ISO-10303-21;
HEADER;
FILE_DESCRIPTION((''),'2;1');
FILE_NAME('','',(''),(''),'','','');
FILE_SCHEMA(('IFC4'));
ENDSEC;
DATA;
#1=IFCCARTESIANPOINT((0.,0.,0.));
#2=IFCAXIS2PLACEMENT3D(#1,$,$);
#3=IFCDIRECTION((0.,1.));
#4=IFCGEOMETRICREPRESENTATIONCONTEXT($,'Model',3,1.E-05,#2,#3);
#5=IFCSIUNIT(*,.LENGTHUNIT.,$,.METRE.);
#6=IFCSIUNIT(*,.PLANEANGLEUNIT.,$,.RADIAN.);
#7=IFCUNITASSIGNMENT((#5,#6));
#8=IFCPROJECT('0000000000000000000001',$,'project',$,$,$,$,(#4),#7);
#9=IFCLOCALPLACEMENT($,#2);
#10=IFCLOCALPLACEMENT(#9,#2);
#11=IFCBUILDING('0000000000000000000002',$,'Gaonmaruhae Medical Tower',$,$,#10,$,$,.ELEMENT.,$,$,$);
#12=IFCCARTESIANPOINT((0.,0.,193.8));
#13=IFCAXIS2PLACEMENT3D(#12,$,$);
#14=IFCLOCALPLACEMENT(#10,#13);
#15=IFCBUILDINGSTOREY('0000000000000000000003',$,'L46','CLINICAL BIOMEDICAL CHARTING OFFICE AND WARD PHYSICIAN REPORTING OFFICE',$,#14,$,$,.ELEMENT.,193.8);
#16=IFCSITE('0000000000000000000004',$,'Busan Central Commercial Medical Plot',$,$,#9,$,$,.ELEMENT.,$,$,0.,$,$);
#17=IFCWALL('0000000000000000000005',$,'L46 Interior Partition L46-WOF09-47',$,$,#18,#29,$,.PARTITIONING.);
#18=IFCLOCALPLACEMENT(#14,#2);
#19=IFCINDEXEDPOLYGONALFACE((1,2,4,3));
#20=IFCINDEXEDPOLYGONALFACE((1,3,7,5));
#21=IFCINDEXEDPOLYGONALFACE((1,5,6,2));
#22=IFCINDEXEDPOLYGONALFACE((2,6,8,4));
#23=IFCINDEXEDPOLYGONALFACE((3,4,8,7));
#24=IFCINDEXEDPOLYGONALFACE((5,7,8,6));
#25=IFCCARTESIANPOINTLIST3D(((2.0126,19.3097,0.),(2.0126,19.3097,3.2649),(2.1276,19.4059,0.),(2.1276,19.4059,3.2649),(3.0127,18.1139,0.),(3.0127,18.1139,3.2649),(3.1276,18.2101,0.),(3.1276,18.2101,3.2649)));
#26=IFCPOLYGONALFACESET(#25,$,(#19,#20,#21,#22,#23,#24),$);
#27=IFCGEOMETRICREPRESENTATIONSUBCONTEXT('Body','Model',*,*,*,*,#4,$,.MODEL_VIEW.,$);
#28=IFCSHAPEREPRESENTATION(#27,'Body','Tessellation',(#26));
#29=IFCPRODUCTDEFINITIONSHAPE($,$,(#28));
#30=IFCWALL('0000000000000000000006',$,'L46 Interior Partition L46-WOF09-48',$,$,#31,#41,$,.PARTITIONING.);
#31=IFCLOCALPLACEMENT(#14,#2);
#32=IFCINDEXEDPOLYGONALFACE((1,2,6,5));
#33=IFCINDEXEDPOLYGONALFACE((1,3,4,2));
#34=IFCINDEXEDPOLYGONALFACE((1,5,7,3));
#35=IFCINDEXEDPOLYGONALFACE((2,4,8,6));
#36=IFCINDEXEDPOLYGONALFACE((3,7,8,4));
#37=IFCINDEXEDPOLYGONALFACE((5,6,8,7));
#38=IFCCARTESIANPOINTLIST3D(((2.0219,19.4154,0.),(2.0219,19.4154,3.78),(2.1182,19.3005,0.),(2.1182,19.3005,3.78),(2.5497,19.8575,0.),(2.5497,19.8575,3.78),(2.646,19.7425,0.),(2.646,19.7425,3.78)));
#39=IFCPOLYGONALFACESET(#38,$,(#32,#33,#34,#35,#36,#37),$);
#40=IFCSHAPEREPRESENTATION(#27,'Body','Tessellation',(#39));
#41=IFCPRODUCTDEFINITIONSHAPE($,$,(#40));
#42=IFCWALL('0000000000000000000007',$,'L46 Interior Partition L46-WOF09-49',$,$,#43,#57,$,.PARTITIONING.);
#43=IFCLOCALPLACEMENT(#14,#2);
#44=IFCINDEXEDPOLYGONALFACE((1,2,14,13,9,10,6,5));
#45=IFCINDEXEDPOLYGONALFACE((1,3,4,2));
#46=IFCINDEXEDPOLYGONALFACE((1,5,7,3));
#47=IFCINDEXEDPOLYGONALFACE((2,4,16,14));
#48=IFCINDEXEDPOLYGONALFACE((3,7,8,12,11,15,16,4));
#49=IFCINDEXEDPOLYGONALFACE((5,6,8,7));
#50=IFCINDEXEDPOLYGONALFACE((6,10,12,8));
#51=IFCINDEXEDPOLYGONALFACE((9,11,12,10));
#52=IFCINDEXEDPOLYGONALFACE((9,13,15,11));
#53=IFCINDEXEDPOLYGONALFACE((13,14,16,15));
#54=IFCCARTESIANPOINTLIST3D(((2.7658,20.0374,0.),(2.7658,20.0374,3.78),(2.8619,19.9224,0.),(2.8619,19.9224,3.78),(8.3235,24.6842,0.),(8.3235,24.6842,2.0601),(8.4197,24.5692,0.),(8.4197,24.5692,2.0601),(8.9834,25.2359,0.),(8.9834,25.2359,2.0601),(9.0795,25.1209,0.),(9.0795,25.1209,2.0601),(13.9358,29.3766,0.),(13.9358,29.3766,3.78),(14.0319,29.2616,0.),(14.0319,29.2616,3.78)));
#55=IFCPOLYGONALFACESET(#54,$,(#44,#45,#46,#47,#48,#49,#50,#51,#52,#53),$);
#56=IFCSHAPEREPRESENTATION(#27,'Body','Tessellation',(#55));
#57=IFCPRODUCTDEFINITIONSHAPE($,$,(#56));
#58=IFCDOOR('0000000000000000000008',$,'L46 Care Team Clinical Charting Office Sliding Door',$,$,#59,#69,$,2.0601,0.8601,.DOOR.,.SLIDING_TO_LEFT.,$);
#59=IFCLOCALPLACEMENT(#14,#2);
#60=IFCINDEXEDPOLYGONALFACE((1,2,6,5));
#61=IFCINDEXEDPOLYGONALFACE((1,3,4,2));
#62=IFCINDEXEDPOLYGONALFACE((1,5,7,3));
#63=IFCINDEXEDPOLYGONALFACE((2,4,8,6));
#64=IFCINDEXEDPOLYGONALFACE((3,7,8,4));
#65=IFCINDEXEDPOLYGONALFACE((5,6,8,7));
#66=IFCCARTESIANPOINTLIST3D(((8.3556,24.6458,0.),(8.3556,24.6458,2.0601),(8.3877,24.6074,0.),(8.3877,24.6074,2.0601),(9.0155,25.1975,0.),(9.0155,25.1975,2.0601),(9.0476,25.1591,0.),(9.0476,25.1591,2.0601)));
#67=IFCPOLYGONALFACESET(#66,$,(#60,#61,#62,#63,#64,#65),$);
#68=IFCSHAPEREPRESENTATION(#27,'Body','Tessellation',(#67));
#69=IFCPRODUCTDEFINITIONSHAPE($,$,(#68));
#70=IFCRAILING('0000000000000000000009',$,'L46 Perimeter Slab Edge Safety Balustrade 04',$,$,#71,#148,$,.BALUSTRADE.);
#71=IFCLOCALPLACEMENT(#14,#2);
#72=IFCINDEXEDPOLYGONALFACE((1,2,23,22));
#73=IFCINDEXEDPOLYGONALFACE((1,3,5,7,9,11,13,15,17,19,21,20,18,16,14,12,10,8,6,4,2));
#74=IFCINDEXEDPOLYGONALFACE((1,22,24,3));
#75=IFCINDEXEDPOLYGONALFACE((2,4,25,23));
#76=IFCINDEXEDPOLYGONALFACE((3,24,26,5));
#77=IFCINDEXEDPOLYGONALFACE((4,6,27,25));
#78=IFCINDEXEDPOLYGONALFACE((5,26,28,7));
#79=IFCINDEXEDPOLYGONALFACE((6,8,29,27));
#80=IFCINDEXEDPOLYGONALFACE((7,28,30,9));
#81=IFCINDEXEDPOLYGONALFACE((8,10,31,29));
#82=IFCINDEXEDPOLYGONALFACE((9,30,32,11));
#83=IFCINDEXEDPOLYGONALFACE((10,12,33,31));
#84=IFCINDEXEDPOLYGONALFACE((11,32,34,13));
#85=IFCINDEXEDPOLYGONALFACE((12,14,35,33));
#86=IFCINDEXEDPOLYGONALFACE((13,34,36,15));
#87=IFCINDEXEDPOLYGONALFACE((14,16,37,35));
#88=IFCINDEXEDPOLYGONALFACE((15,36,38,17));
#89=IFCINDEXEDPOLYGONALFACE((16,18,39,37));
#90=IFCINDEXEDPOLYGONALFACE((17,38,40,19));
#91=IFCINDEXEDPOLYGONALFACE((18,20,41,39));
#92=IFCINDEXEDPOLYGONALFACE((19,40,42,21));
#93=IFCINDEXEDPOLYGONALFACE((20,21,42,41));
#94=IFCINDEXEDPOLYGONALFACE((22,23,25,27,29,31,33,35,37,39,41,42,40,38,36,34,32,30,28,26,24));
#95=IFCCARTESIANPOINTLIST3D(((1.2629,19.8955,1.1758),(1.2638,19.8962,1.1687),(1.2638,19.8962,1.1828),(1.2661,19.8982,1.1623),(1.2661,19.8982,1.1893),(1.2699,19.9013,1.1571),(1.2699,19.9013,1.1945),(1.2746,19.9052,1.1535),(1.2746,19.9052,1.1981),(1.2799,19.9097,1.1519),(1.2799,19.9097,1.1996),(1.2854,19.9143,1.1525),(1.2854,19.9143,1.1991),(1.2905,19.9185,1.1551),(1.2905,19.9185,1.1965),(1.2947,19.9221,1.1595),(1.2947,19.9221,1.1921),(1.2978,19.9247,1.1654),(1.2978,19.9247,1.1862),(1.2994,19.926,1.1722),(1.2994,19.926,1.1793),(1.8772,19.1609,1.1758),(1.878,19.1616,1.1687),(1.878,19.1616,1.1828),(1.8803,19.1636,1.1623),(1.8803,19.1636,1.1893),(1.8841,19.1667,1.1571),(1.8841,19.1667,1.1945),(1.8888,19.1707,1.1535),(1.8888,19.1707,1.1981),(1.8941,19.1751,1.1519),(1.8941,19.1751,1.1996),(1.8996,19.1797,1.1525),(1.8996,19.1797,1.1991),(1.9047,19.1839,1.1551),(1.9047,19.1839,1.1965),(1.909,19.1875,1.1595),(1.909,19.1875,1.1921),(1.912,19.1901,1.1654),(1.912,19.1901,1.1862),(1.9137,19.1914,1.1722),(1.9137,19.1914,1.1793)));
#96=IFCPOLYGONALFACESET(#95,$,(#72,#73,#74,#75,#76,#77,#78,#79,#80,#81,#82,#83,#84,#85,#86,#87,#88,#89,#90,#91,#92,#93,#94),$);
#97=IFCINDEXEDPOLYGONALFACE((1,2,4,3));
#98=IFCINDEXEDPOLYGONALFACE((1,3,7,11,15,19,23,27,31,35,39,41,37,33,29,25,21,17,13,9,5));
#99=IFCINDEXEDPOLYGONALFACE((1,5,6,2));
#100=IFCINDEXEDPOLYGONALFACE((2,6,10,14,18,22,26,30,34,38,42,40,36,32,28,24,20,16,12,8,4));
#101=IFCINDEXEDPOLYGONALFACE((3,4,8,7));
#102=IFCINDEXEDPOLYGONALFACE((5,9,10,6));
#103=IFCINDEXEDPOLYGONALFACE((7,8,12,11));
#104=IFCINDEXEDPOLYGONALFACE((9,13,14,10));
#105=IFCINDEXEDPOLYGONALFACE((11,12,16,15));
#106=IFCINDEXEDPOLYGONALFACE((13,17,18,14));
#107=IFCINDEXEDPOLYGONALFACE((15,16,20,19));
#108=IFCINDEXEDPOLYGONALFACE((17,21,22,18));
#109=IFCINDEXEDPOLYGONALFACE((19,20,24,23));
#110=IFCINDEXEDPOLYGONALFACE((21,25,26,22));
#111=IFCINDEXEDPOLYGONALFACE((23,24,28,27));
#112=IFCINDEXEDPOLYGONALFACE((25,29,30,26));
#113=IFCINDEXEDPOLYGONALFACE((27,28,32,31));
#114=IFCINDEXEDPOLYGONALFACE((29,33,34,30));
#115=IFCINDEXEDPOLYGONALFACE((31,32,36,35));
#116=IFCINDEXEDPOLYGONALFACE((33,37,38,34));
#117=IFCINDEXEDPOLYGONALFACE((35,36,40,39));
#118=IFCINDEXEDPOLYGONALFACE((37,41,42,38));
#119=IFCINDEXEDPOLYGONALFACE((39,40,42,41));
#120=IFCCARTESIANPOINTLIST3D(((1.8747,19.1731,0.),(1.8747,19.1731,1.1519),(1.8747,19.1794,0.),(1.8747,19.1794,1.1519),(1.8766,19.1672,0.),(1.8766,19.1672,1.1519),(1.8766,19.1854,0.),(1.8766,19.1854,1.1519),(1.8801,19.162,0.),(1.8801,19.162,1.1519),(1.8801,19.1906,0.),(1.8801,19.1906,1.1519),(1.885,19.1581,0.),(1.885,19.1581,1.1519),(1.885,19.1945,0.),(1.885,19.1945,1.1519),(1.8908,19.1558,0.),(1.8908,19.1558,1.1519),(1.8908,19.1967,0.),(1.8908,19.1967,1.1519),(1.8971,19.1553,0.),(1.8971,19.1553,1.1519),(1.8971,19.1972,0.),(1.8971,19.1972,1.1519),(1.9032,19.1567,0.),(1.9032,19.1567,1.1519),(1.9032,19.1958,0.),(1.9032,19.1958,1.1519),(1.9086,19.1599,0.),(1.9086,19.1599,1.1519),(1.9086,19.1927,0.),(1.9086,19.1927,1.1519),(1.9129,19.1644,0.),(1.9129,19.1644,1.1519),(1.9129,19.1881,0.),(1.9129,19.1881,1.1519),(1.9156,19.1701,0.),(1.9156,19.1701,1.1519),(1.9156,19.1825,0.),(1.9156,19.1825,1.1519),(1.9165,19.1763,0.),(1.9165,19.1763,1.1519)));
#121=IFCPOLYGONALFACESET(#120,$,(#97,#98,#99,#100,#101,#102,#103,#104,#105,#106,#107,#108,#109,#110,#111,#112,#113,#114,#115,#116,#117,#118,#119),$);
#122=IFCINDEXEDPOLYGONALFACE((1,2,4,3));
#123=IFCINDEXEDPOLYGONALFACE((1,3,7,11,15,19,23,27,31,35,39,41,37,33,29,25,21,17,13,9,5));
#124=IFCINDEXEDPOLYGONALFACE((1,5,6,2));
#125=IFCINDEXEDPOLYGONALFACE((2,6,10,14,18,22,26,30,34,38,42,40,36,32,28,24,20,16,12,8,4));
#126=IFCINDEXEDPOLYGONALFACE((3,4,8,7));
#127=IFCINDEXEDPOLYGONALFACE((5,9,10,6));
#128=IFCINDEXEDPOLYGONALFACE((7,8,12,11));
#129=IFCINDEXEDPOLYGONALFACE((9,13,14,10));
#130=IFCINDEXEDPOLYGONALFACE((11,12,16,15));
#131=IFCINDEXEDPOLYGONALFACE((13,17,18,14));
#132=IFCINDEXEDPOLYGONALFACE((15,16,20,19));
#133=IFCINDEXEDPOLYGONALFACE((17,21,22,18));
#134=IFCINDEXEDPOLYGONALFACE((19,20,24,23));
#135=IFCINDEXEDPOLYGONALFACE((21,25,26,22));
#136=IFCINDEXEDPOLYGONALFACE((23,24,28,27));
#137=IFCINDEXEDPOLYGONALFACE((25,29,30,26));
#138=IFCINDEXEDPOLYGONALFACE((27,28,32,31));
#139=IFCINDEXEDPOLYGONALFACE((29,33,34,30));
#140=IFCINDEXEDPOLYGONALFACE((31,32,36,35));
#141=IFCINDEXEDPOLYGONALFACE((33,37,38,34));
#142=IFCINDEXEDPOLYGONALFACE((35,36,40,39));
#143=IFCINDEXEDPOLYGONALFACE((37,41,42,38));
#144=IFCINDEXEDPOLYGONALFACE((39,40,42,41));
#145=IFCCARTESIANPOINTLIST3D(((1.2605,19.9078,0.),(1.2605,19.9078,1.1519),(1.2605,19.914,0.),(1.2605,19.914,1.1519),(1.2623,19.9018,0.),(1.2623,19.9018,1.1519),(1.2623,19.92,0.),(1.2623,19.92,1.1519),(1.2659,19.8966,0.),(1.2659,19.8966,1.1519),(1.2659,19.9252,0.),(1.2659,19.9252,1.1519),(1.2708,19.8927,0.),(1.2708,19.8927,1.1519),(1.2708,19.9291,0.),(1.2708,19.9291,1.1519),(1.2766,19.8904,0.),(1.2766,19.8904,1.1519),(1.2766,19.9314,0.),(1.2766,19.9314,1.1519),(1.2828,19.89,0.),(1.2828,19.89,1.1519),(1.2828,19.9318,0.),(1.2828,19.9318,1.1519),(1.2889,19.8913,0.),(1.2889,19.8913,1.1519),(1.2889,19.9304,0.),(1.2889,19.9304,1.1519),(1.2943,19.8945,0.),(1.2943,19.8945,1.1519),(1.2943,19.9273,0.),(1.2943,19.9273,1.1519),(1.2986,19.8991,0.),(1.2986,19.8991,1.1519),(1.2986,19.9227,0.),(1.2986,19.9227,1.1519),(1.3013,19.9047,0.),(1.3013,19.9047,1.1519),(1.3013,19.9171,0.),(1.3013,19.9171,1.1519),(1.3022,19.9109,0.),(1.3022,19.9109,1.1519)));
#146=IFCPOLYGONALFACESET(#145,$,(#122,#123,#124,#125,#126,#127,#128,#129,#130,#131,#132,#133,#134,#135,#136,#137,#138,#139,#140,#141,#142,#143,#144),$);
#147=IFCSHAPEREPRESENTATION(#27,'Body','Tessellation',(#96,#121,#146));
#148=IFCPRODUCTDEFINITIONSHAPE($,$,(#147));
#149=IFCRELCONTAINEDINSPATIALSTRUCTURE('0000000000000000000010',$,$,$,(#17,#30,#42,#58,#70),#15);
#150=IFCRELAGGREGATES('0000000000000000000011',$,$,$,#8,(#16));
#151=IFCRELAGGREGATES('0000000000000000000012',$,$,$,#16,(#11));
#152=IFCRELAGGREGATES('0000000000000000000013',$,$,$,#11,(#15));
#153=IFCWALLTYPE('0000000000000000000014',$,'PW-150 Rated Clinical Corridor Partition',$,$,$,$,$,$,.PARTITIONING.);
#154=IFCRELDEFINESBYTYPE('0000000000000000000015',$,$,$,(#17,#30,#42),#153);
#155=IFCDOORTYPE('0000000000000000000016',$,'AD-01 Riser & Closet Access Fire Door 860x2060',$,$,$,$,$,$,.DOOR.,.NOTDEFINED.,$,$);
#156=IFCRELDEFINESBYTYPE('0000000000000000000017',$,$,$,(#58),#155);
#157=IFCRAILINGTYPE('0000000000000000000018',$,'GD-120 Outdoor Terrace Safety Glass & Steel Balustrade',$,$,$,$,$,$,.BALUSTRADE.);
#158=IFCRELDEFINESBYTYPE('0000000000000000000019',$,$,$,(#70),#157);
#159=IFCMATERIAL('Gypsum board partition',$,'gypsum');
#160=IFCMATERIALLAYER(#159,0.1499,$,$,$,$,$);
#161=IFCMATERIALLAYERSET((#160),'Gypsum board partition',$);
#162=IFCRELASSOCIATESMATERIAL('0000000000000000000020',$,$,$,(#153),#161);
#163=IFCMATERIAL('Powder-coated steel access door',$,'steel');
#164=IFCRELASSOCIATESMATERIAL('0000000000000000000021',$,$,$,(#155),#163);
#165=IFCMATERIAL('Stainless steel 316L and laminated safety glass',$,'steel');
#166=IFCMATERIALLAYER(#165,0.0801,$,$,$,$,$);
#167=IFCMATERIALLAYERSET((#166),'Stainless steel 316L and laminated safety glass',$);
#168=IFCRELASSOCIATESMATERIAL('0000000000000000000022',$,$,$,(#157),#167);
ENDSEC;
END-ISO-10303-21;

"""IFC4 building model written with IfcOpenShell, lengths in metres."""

from ifc_helpers import new_model, si_unit, direction, frame, frame_2d, origin, origin_2d, place, context, subcontext, project, spatial, rectangle, circle, extrude, material, layer, layer_set, type_object, element, fill, save


model = new_model("IFC4")

# Units and contexts
model_context = context("Model", 3, precision=1e-05, world=origin(), true_north=direction((0.0, 1.0)))
body_context = subcontext(model_context, "Body", "Model", "MODEL_VIEW")
ifc_project = project(units=[si_unit("LENGTHUNIT", "METRE"), si_unit("PLANEANGLEUNIT", "RADIAN")], contexts=[model_context])

# Site, building, storey
site_placement = place(None, origin())
site = spatial("IfcSite", under=ifc_project, at=site_placement, Name="Busan Central Commercial Medical Plot", CompositionType="ELEMENT", RefElevation=0.0)
building_placement = place(site_placement, origin())
building = spatial("IfcBuilding", under=site, at=building_placement, Name="Gaonmaruhae Medical Tower", CompositionType="ELEMENT")
storey_placement = place(building_placement, frame((0.0, 0.0, 193.8)))
storey = spatial("IfcBuildingStorey", under=building, at=storey_placement, Name="L46", Description="CLINICAL BIOMEDICAL CHARTING OFFICE AND WARD PHYSICIAN REPORTING OFFICE", CompositionType="ELEMENT", Elevation=193.8)

# Walls
ifc_material_1 = material(Name="Gypsum board partition", Category="gypsum")
ifc_layer_1 = layer(ifc_material_1, 0.1499)
ifc_layer_set_1 = layer_set([ifc_layer_1], Name="Gypsum board partition")
wall_type_1 = type_object("IfcWallType", Name="PW-150 Rated Clinical Corridor Partition", PredefinedType="PARTITIONING", material=ifc_layer_set_1)
wall_1_placement = place(storey_placement, frame((3.0701, 18.1621, 0.0), z_axis=(0.0, 0.0, 1.0), x_axis=(-0.641508, 0.767116, 0.0)))
element("IfcWall", 1, at=wall_1_placement, inside=storey, type_object=wall_type_1, Name="L46 Interior Partition L46-WOF09-47", PredefinedType="PARTITIONING", context=body_context, shape_type="SweptSolid", body=[
    extrude(rectangle(XDim=1.5588, YDim=0.1499, at=frame_2d((0.7793, 0.0))), origin(), (0.0, 0.0, 1.0), 3.2649),
])
wall_2_placement = place(storey_placement, frame((2.0701, 19.3579, 0.0), z_axis=(0.0, 0.0, 1.0), x_axis=(0.766591, 0.642135, 0.0)))
element("IfcWall", 2, at=wall_2_placement, inside=storey, type_object=wall_type_1, Name="L46 Interior Partition L46-WOF09-48", PredefinedType="PARTITIONING", context=body_context, shape_type="SweptSolid", body=[
    extrude(rectangle(XDim=0.6885, YDim=0.1499, at=frame_2d((0.3442, 0.0))), origin(), (0.0, 0.0, 1.0), 3.78),
])

# Wall, opening, door
wall_3_placement = place(storey_placement, frame((2.814, 19.98, 0.0), z_axis=(0.0, 0.0, 1.0), x_axis=(0.767178, 0.641434, 0.0)))
wall_3 = element("IfcWall", 3, at=wall_3_placement, inside=storey, type_object=wall_type_1, Name="L46 Interior Partition L46-WOF09-49", PredefinedType="PARTITIONING", context=body_context, shape_type="SweptSolid", body=[
    extrude(rectangle(XDim=14.5598, YDim=0.1499, at=frame_2d((7.2798, 0.0))), origin(), (0.0, 0.0, 1.0), 3.78),
])
opening_placement = place(wall_3_placement, frame((7.2441, 0.0, 0.0)))
opening = element("IfcOpeningElement", 4, at=opening_placement, cuts=wall_3, PredefinedType="OPENING", context=body_context, shape_type="SweptSolid", body=[
    extrude(rectangle(XDim=0.8601, YDim=2.0601, at=frame_2d((0.4302, 1.03))), frame((0.0, 0.085, 0.0), z_axis=(0.0, -1.0, 0.0), x_axis=(1.0, 0.0, 0.0)), (0.0, 0.0, 1.0), 0.1699),
])
ifc_material_2 = material(Name="Powder-coated steel access door", Category="steel")
door_type = type_object("IfcDoorType", Name="AD-01 Riser & Closet Access Fire Door 860x2060", OperationType="NOTDEFINED", PredefinedType="DOOR", material=ifc_material_2)
door_placement = place(opening_placement, origin())
door = element("IfcDoor", 5, at=door_placement, inside=storey, type_object=door_type, Name="L46 Care Team Clinical Charting Office Sliding Door", OperationType="SLIDING_TO_LEFT", OverallHeight=2.0601, OverallWidth=0.8601, PredefinedType="DOOR", context=body_context, shape_type="SweptSolid", body=[
    extrude(rectangle(XDim=0.8601, YDim=2.0601, at=frame_2d((0.4302, 1.03))), frame((0.0, 0.0249, 0.0), z_axis=(0.0, -1.0, 0.0), x_axis=(1.0, 0.0, 0.0)), (0.0, 0.0, 1.0), 0.05),
])
fill(opening, door)

# Railing
ifc_material_3 = material(Name="Stainless steel 316L and laminated safety glass", Category="steel")
ifc_layer_2 = layer(ifc_material_3, 0.0801)
ifc_layer_set_2 = layer_set([ifc_layer_2], Name="Stainless steel 316L and laminated safety glass")
railing_type = type_object("IfcRailingType", Name="GD-120 Outdoor Terrace Safety Glass & Steel Balustrade", PredefinedType="BALUSTRADE", material=ifc_layer_set_2)
railing_1_placement = place(storey_placement, frame((1.8955, 19.1763, 0.0)))
element("IfcRailing", 6, at=railing_1_placement, inside=storey, type_object=railing_type, Name="L46 Perimeter Slab Edge Safety Balustrade 04", PredefinedType="BALUSTRADE", context=body_context, shape_type="SweptSolid", body=[
    extrude(circle(Radius=0.0239, at=origin_2d()), frame((0.0, 0.0, 1.1758), z_axis=(-0.641462, 0.767154, 0.0), x_axis=(-0.767154, -0.641462, 0.0)), (0.0, 0.0, 1.0), 0.9575),
    extrude(circle(Radius=0.021, at=origin_2d()), origin(), (0.0, 0.0, 1.0), 1.1519),
    extrude(circle(Radius=0.021, at=origin_2d()), frame((-0.6143, 0.7346, 0.0)), (0.0, 0.0, 1.0), 1.1519),
])

save(model, "model.ifc")
